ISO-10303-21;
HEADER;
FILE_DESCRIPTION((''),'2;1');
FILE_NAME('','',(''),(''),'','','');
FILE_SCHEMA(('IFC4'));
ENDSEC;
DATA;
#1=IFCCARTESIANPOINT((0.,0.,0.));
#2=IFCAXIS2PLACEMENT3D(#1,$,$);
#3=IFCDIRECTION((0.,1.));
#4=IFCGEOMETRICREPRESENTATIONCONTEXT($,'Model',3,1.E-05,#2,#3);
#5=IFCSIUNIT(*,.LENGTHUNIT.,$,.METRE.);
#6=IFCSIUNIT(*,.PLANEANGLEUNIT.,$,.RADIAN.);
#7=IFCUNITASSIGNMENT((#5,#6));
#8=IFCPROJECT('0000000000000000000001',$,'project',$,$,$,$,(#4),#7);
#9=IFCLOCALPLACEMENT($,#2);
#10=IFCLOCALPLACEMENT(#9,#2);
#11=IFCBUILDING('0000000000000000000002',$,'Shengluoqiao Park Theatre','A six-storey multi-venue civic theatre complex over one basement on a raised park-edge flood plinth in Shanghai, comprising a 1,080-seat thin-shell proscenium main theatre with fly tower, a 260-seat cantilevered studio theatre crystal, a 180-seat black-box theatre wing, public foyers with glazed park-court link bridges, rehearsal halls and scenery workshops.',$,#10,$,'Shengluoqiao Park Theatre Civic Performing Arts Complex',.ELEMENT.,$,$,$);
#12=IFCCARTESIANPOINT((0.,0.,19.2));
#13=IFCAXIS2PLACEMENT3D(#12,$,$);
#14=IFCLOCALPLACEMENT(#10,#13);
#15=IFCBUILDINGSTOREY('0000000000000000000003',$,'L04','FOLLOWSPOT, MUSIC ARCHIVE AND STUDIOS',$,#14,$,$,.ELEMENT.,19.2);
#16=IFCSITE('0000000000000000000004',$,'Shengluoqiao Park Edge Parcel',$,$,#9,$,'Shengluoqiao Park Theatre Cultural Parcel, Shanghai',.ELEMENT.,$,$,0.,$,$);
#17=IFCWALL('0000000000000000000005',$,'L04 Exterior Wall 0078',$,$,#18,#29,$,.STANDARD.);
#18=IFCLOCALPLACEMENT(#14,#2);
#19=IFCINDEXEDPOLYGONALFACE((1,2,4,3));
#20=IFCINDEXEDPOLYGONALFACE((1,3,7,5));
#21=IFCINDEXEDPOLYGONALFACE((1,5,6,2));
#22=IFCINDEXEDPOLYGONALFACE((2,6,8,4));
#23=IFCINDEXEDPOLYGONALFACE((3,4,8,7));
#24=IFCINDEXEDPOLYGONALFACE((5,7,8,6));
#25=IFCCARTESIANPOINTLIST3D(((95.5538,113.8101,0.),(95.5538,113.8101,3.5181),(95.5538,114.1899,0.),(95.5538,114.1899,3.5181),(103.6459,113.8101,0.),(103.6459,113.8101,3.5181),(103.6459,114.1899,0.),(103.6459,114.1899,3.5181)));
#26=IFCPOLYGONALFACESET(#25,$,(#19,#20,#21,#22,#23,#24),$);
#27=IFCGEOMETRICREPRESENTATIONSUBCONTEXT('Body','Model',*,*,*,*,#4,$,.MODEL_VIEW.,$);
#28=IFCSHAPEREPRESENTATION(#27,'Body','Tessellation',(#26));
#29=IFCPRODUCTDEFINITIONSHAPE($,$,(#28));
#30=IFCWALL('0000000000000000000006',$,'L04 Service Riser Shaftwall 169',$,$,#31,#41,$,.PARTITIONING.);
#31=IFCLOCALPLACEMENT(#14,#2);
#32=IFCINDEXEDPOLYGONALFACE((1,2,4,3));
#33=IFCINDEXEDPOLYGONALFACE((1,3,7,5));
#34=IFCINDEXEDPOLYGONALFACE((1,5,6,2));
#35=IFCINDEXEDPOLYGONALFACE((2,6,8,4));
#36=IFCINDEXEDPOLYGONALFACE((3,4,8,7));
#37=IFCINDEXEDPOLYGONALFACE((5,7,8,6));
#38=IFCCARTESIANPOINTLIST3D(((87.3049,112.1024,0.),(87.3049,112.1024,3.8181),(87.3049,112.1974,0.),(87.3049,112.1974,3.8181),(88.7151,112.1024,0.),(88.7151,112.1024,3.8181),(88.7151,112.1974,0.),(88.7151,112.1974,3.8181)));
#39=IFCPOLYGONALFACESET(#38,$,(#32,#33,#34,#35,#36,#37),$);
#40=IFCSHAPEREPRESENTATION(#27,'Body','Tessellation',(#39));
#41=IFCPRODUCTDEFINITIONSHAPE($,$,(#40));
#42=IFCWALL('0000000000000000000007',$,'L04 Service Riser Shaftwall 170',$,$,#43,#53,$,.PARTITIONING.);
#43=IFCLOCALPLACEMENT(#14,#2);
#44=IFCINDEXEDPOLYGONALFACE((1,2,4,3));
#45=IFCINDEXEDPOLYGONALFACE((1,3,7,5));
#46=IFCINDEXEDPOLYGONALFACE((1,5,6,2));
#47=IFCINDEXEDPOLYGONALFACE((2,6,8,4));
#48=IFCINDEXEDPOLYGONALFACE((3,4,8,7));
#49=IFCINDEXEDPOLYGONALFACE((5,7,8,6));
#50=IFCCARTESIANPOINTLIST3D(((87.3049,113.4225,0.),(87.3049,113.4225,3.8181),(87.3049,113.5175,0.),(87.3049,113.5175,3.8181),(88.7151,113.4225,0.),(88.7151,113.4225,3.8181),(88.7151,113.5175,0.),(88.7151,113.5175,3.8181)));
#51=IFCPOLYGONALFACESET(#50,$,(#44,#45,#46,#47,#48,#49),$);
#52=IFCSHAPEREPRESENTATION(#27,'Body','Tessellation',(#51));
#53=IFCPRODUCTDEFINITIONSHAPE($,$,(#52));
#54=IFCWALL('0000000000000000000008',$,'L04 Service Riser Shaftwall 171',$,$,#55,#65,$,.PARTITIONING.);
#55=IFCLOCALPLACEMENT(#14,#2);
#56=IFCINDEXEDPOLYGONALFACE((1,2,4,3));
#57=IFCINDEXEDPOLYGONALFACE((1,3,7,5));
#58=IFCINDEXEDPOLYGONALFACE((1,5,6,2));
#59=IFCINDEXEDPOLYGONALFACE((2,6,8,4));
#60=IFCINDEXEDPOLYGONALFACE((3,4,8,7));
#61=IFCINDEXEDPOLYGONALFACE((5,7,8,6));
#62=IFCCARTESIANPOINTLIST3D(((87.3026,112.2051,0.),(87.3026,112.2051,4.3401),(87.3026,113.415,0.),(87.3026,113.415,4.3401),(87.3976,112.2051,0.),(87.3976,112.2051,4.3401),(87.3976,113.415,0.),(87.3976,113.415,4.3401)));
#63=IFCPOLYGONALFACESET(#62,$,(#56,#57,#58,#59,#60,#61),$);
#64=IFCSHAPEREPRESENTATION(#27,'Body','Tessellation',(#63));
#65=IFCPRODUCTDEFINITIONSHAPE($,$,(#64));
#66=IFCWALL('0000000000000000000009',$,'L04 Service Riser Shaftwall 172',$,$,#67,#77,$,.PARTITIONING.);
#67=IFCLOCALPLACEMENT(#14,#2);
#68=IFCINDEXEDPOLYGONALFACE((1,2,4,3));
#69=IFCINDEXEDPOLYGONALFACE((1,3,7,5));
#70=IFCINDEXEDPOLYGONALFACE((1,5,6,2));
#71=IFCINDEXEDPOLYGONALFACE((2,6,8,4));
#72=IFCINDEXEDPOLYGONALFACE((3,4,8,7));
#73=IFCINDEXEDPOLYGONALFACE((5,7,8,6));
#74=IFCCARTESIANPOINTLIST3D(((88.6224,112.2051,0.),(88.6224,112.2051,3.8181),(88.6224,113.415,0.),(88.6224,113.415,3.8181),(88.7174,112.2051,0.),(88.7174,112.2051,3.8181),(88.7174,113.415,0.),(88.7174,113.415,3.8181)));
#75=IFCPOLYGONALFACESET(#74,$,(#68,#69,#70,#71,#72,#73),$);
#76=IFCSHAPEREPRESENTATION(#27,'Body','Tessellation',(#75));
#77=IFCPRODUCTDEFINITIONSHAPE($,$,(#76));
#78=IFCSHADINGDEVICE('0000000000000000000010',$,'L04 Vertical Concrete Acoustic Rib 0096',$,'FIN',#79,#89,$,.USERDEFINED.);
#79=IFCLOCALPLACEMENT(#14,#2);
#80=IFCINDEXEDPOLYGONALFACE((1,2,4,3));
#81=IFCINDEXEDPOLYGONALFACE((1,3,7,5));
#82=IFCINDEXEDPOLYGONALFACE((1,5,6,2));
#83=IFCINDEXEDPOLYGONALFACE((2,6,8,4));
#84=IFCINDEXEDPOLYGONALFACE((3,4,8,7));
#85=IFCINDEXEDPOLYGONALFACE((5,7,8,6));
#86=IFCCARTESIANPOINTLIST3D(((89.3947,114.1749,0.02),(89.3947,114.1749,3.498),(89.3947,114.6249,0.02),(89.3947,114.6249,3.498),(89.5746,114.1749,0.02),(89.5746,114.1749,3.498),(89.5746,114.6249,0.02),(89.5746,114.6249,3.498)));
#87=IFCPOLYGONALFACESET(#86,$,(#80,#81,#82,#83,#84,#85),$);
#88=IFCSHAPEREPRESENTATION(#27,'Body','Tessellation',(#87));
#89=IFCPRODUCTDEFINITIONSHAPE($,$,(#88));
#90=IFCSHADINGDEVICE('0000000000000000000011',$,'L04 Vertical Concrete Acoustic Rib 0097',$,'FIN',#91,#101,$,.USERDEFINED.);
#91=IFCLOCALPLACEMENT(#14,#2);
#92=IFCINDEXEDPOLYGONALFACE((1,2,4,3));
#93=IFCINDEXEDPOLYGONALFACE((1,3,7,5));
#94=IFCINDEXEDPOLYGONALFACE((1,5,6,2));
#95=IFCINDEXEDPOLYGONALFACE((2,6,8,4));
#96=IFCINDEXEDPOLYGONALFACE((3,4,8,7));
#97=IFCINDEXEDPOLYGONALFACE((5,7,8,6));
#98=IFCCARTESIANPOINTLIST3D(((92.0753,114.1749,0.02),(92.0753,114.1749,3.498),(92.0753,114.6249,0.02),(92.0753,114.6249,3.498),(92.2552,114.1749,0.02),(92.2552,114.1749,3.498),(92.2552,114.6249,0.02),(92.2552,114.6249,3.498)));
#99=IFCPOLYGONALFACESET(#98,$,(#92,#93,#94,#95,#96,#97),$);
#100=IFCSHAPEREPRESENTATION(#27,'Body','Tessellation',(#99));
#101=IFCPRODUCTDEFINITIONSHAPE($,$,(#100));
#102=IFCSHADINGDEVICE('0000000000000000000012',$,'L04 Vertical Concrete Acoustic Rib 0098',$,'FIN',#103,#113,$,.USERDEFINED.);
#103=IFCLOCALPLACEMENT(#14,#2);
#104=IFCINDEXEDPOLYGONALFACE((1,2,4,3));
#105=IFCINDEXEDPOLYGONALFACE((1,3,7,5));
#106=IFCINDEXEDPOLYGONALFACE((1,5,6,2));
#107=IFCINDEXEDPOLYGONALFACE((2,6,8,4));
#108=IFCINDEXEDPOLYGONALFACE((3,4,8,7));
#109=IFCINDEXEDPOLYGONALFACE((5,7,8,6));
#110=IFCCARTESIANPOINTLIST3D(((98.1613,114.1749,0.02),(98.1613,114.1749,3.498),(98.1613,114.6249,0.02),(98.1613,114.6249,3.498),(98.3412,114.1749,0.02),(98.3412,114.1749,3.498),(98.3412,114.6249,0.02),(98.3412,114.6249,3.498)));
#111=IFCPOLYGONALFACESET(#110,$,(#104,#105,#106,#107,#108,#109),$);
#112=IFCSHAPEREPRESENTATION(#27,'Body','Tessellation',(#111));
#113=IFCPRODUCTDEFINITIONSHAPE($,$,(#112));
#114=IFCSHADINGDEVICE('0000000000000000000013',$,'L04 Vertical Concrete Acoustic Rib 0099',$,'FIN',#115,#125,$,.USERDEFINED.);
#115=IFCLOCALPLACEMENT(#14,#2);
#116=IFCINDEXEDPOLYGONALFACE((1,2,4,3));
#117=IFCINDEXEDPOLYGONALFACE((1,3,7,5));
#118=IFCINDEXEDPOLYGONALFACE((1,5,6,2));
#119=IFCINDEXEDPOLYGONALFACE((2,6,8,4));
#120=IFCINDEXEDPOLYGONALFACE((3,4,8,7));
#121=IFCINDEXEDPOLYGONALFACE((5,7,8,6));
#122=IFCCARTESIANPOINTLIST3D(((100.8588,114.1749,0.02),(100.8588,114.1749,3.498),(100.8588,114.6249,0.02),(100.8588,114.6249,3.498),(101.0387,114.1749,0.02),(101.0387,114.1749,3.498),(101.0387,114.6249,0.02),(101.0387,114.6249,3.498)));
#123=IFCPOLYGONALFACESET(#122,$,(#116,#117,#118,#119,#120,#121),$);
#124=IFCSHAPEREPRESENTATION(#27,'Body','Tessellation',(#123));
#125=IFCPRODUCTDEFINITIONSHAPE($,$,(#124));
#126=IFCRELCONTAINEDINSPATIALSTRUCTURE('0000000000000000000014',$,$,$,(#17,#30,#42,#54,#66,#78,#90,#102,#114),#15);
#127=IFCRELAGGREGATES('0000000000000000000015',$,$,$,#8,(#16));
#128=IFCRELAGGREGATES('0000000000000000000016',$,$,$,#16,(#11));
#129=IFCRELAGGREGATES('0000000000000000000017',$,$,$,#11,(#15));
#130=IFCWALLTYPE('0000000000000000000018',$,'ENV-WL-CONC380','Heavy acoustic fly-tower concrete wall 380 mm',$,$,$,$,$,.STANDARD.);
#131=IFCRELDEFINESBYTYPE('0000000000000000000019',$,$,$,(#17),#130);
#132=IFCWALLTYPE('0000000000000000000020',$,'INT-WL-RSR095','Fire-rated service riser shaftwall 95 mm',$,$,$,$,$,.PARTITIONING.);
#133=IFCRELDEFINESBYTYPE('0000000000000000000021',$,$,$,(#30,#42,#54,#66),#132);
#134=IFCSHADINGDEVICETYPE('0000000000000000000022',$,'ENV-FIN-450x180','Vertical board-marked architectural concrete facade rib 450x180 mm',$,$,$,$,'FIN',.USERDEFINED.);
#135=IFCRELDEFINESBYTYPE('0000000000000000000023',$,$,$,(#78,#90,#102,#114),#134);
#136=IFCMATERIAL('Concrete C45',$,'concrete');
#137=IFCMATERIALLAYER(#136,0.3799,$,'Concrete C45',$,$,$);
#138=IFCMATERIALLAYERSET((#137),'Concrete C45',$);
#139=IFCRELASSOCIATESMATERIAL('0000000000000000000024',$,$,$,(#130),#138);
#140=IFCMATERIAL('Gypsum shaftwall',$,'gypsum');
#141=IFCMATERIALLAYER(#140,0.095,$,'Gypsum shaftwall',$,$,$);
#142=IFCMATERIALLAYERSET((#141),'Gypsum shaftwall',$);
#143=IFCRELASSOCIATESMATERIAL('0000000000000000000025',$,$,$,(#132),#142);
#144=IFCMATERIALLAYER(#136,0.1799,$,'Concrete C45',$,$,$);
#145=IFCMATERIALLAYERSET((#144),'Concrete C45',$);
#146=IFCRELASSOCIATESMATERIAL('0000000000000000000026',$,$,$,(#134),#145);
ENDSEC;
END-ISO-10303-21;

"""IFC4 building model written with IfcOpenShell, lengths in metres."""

from ifc_helpers import new_model, si_unit, direction, frame, frame_2d, origin, origin_2d, place, context, subcontext, project, spatial, rectangle, extrude, material, layer, layer_set, type_object, element, save


model = new_model("IFC4")

# Units and contexts
model_context = context("Model", 3, precision=1e-05, world=origin(), true_north=direction((0.0, 1.0)))
body_context = subcontext(model_context, "Body", "Model", "MODEL_VIEW")
ifc_project = project(units=[si_unit("LENGTHUNIT", "METRE"), si_unit("PLANEANGLEUNIT", "RADIAN")], contexts=[model_context])

# Site, building, storey
site_placement = place(None, origin())
site = spatial("IfcSite", under=ifc_project, at=site_placement, Name="Shengluoqiao Park Edge Parcel", LongName="Shengluoqiao Park Theatre Cultural Parcel, Shanghai", CompositionType="ELEMENT", RefElevation=0.0)
building_placement = place(site_placement, origin())
building = spatial("IfcBuilding", under=site, at=building_placement, Name="Shengluoqiao Park Theatre", Description="A six-storey multi-venue civic theatre complex over one basement on a raised park-edge flood plinth in Shanghai, comprising a 1,080-seat thin-shell proscenium main theatre with fly tower, a 260-seat cantilevered studio theatre crystal, a 180-seat black-box theatre wing, public foyers with glazed park-court link bridges, rehearsal halls and scenery workshops.", LongName="Shengluoqiao Park Theatre Civic Performing Arts Complex", CompositionType="ELEMENT")
storey_placement = place(building_placement, frame((0.0, 0.0, 19.2)))
storey = spatial("IfcBuildingStorey", under=building, at=storey_placement, Name="L04", Description="FOLLOWSPOT, MUSIC ARCHIVE AND STUDIOS", CompositionType="ELEMENT", Elevation=19.2)

# Walls
ifc_material_1 = material(Name="Concrete C45", Category="concrete")
ifc_layer_1 = layer(ifc_material_1, 0.3799, Name="Concrete C45")
ifc_layer_set_1 = layer_set([ifc_layer_1], Name="Concrete C45")
wall_type_1 = type_object("IfcWallType", Name="ENV-WL-CONC380", Description="Heavy acoustic fly-tower concrete wall 380 mm", PredefinedType="STANDARD", material=ifc_layer_set_1)
wall_1_placement = place(storey_placement, frame((95.554, 114.0, 0.0), z_axis=(0.0, 0.0, 1.0), x_axis=(1.0, 0.0, 0.0)))
element("IfcWall", 1, at=wall_1_placement, inside=storey, type_object=wall_type_1, Name="L04 Exterior Wall 0078", PredefinedType="STANDARD", context=body_context, shape_type="SweptSolid", body=[
    extrude(rectangle(XDim=8.092, YDim=0.3799, at=frame_2d((4.0459, 0.0))), origin(), (0.0, 0.0, 1.0), 3.5181),
])
ifc_material_2 = material(Name="Gypsum shaftwall", Category="gypsum")
ifc_layer_2 = layer(ifc_material_2, 0.095, Name="Gypsum shaftwall")
ifc_layer_set_2 = layer_set([ifc_layer_2], Name="Gypsum shaftwall")
wall_type_2 = type_object("IfcWallType", Name="INT-WL-RSR095", Description="Fire-rated service riser shaftwall 95 mm", PredefinedType="PARTITIONING", material=ifc_layer_set_2)
for number, where, z_axis, x_axis, name in (
    (2, (87.3049, 112.1499, 0.0), (0.0, 0.0, 1.0), (1.0, 0.0, 0.0), "L04 Service Riser Shaftwall 169"),
    (3, (87.3049, 113.47, 0.0), (0.0, 0.0, 1.0), (1.0, 0.0, 0.0), "L04 Service Riser Shaftwall 170"),
):
    element("IfcWall", number, at=place(storey_placement, frame(where, z_axis=z_axis, x_axis=x_axis)), inside=storey, type_object=wall_type_2, Name=name, PredefinedType="PARTITIONING", context=body_context, shape_type="SweptSolid", body=[
        extrude(rectangle(XDim=1.4102, YDim=0.095, at=frame_2d((0.7051, 0.0))), origin(), (0.0, 0.0, 1.0), 3.8181),
    ])
wall_2_placement = place(storey_placement, frame((87.3501, 112.2051, 0.0), z_axis=(0.0, 0.0, 1.0), x_axis=(0.0, 1.0, 0.0)))
element("IfcWall", 4, at=wall_2_placement, inside=storey, type_object=wall_type_2, Name="L04 Service Riser Shaftwall 171", PredefinedType="PARTITIONING", context=body_context, shape_type="SweptSolid", body=[
    extrude(rectangle(XDim=1.21, YDim=0.095, at=frame_2d((0.605, 0.0))), origin(), (0.0, 0.0, 1.0), 4.3401),
])
wall_3_placement = place(storey_placement, frame((88.6699, 112.2051, 0.0), z_axis=(0.0, 0.0, 1.0), x_axis=(0.0, 1.0, 0.0)))
element("IfcWall", 5, at=wall_3_placement, inside=storey, type_object=wall_type_2, Name="L04 Service Riser Shaftwall 172", PredefinedType="PARTITIONING", context=body_context, shape_type="SweptSolid", body=[
    extrude(rectangle(XDim=1.21, YDim=0.095, at=frame_2d((0.605, 0.0))), origin(), (0.0, 0.0, 1.0), 3.8181),
])

# Shading devices
ifc_layer_3 = layer(ifc_material_1, 0.1799, Name="Concrete C45")
ifc_layer_set_3 = layer_set([ifc_layer_3], Name="Concrete C45")
shading_device_type = type_object("IfcShadingDeviceType", Name="ENV-FIN-450x180", Description="Vertical board-marked architectural concrete facade rib 450x180 mm", ElementType="FIN", PredefinedType="USERDEFINED", material=ifc_layer_set_3)
for number, where, z_axis, x_axis, name in (
    (6, (89.4846, 114.3999, 0.02), (0.0, 0.0, 1.0), (0.0, 1.0, 0.0), "L04 Vertical Concrete Acoustic Rib 0096"),
    (7, (92.1653, 114.3999, 0.02), (0.0, 0.0, 1.0), (0.0, 1.0, 0.0), "L04 Vertical Concrete Acoustic Rib 0097"),
    (8, (98.2512, 114.3999, 0.02), (0.0, 0.0, 1.0), (0.0, 1.0, 0.0), "L04 Vertical Concrete Acoustic Rib 0098"),
    (9, (100.9487, 114.3999, 0.02), (0.0, 0.0, 1.0), (0.0, 1.0, 0.0), "L04 Vertical Concrete Acoustic Rib 0099"),
):
    element("IfcShadingDevice", number, at=place(storey_placement, frame(where, z_axis=z_axis, x_axis=x_axis)), inside=storey, type_object=shading_device_type, Name=name, ObjectType="FIN", PredefinedType="USERDEFINED", context=body_context, shape_type="SweptSolid", body=[
        extrude(rectangle(XDim=0.45, YDim=0.1799, at=origin_2d()), origin(), (0.0, 0.0, 1.0), 3.478),
    ])

save(model, "model.ifc")
